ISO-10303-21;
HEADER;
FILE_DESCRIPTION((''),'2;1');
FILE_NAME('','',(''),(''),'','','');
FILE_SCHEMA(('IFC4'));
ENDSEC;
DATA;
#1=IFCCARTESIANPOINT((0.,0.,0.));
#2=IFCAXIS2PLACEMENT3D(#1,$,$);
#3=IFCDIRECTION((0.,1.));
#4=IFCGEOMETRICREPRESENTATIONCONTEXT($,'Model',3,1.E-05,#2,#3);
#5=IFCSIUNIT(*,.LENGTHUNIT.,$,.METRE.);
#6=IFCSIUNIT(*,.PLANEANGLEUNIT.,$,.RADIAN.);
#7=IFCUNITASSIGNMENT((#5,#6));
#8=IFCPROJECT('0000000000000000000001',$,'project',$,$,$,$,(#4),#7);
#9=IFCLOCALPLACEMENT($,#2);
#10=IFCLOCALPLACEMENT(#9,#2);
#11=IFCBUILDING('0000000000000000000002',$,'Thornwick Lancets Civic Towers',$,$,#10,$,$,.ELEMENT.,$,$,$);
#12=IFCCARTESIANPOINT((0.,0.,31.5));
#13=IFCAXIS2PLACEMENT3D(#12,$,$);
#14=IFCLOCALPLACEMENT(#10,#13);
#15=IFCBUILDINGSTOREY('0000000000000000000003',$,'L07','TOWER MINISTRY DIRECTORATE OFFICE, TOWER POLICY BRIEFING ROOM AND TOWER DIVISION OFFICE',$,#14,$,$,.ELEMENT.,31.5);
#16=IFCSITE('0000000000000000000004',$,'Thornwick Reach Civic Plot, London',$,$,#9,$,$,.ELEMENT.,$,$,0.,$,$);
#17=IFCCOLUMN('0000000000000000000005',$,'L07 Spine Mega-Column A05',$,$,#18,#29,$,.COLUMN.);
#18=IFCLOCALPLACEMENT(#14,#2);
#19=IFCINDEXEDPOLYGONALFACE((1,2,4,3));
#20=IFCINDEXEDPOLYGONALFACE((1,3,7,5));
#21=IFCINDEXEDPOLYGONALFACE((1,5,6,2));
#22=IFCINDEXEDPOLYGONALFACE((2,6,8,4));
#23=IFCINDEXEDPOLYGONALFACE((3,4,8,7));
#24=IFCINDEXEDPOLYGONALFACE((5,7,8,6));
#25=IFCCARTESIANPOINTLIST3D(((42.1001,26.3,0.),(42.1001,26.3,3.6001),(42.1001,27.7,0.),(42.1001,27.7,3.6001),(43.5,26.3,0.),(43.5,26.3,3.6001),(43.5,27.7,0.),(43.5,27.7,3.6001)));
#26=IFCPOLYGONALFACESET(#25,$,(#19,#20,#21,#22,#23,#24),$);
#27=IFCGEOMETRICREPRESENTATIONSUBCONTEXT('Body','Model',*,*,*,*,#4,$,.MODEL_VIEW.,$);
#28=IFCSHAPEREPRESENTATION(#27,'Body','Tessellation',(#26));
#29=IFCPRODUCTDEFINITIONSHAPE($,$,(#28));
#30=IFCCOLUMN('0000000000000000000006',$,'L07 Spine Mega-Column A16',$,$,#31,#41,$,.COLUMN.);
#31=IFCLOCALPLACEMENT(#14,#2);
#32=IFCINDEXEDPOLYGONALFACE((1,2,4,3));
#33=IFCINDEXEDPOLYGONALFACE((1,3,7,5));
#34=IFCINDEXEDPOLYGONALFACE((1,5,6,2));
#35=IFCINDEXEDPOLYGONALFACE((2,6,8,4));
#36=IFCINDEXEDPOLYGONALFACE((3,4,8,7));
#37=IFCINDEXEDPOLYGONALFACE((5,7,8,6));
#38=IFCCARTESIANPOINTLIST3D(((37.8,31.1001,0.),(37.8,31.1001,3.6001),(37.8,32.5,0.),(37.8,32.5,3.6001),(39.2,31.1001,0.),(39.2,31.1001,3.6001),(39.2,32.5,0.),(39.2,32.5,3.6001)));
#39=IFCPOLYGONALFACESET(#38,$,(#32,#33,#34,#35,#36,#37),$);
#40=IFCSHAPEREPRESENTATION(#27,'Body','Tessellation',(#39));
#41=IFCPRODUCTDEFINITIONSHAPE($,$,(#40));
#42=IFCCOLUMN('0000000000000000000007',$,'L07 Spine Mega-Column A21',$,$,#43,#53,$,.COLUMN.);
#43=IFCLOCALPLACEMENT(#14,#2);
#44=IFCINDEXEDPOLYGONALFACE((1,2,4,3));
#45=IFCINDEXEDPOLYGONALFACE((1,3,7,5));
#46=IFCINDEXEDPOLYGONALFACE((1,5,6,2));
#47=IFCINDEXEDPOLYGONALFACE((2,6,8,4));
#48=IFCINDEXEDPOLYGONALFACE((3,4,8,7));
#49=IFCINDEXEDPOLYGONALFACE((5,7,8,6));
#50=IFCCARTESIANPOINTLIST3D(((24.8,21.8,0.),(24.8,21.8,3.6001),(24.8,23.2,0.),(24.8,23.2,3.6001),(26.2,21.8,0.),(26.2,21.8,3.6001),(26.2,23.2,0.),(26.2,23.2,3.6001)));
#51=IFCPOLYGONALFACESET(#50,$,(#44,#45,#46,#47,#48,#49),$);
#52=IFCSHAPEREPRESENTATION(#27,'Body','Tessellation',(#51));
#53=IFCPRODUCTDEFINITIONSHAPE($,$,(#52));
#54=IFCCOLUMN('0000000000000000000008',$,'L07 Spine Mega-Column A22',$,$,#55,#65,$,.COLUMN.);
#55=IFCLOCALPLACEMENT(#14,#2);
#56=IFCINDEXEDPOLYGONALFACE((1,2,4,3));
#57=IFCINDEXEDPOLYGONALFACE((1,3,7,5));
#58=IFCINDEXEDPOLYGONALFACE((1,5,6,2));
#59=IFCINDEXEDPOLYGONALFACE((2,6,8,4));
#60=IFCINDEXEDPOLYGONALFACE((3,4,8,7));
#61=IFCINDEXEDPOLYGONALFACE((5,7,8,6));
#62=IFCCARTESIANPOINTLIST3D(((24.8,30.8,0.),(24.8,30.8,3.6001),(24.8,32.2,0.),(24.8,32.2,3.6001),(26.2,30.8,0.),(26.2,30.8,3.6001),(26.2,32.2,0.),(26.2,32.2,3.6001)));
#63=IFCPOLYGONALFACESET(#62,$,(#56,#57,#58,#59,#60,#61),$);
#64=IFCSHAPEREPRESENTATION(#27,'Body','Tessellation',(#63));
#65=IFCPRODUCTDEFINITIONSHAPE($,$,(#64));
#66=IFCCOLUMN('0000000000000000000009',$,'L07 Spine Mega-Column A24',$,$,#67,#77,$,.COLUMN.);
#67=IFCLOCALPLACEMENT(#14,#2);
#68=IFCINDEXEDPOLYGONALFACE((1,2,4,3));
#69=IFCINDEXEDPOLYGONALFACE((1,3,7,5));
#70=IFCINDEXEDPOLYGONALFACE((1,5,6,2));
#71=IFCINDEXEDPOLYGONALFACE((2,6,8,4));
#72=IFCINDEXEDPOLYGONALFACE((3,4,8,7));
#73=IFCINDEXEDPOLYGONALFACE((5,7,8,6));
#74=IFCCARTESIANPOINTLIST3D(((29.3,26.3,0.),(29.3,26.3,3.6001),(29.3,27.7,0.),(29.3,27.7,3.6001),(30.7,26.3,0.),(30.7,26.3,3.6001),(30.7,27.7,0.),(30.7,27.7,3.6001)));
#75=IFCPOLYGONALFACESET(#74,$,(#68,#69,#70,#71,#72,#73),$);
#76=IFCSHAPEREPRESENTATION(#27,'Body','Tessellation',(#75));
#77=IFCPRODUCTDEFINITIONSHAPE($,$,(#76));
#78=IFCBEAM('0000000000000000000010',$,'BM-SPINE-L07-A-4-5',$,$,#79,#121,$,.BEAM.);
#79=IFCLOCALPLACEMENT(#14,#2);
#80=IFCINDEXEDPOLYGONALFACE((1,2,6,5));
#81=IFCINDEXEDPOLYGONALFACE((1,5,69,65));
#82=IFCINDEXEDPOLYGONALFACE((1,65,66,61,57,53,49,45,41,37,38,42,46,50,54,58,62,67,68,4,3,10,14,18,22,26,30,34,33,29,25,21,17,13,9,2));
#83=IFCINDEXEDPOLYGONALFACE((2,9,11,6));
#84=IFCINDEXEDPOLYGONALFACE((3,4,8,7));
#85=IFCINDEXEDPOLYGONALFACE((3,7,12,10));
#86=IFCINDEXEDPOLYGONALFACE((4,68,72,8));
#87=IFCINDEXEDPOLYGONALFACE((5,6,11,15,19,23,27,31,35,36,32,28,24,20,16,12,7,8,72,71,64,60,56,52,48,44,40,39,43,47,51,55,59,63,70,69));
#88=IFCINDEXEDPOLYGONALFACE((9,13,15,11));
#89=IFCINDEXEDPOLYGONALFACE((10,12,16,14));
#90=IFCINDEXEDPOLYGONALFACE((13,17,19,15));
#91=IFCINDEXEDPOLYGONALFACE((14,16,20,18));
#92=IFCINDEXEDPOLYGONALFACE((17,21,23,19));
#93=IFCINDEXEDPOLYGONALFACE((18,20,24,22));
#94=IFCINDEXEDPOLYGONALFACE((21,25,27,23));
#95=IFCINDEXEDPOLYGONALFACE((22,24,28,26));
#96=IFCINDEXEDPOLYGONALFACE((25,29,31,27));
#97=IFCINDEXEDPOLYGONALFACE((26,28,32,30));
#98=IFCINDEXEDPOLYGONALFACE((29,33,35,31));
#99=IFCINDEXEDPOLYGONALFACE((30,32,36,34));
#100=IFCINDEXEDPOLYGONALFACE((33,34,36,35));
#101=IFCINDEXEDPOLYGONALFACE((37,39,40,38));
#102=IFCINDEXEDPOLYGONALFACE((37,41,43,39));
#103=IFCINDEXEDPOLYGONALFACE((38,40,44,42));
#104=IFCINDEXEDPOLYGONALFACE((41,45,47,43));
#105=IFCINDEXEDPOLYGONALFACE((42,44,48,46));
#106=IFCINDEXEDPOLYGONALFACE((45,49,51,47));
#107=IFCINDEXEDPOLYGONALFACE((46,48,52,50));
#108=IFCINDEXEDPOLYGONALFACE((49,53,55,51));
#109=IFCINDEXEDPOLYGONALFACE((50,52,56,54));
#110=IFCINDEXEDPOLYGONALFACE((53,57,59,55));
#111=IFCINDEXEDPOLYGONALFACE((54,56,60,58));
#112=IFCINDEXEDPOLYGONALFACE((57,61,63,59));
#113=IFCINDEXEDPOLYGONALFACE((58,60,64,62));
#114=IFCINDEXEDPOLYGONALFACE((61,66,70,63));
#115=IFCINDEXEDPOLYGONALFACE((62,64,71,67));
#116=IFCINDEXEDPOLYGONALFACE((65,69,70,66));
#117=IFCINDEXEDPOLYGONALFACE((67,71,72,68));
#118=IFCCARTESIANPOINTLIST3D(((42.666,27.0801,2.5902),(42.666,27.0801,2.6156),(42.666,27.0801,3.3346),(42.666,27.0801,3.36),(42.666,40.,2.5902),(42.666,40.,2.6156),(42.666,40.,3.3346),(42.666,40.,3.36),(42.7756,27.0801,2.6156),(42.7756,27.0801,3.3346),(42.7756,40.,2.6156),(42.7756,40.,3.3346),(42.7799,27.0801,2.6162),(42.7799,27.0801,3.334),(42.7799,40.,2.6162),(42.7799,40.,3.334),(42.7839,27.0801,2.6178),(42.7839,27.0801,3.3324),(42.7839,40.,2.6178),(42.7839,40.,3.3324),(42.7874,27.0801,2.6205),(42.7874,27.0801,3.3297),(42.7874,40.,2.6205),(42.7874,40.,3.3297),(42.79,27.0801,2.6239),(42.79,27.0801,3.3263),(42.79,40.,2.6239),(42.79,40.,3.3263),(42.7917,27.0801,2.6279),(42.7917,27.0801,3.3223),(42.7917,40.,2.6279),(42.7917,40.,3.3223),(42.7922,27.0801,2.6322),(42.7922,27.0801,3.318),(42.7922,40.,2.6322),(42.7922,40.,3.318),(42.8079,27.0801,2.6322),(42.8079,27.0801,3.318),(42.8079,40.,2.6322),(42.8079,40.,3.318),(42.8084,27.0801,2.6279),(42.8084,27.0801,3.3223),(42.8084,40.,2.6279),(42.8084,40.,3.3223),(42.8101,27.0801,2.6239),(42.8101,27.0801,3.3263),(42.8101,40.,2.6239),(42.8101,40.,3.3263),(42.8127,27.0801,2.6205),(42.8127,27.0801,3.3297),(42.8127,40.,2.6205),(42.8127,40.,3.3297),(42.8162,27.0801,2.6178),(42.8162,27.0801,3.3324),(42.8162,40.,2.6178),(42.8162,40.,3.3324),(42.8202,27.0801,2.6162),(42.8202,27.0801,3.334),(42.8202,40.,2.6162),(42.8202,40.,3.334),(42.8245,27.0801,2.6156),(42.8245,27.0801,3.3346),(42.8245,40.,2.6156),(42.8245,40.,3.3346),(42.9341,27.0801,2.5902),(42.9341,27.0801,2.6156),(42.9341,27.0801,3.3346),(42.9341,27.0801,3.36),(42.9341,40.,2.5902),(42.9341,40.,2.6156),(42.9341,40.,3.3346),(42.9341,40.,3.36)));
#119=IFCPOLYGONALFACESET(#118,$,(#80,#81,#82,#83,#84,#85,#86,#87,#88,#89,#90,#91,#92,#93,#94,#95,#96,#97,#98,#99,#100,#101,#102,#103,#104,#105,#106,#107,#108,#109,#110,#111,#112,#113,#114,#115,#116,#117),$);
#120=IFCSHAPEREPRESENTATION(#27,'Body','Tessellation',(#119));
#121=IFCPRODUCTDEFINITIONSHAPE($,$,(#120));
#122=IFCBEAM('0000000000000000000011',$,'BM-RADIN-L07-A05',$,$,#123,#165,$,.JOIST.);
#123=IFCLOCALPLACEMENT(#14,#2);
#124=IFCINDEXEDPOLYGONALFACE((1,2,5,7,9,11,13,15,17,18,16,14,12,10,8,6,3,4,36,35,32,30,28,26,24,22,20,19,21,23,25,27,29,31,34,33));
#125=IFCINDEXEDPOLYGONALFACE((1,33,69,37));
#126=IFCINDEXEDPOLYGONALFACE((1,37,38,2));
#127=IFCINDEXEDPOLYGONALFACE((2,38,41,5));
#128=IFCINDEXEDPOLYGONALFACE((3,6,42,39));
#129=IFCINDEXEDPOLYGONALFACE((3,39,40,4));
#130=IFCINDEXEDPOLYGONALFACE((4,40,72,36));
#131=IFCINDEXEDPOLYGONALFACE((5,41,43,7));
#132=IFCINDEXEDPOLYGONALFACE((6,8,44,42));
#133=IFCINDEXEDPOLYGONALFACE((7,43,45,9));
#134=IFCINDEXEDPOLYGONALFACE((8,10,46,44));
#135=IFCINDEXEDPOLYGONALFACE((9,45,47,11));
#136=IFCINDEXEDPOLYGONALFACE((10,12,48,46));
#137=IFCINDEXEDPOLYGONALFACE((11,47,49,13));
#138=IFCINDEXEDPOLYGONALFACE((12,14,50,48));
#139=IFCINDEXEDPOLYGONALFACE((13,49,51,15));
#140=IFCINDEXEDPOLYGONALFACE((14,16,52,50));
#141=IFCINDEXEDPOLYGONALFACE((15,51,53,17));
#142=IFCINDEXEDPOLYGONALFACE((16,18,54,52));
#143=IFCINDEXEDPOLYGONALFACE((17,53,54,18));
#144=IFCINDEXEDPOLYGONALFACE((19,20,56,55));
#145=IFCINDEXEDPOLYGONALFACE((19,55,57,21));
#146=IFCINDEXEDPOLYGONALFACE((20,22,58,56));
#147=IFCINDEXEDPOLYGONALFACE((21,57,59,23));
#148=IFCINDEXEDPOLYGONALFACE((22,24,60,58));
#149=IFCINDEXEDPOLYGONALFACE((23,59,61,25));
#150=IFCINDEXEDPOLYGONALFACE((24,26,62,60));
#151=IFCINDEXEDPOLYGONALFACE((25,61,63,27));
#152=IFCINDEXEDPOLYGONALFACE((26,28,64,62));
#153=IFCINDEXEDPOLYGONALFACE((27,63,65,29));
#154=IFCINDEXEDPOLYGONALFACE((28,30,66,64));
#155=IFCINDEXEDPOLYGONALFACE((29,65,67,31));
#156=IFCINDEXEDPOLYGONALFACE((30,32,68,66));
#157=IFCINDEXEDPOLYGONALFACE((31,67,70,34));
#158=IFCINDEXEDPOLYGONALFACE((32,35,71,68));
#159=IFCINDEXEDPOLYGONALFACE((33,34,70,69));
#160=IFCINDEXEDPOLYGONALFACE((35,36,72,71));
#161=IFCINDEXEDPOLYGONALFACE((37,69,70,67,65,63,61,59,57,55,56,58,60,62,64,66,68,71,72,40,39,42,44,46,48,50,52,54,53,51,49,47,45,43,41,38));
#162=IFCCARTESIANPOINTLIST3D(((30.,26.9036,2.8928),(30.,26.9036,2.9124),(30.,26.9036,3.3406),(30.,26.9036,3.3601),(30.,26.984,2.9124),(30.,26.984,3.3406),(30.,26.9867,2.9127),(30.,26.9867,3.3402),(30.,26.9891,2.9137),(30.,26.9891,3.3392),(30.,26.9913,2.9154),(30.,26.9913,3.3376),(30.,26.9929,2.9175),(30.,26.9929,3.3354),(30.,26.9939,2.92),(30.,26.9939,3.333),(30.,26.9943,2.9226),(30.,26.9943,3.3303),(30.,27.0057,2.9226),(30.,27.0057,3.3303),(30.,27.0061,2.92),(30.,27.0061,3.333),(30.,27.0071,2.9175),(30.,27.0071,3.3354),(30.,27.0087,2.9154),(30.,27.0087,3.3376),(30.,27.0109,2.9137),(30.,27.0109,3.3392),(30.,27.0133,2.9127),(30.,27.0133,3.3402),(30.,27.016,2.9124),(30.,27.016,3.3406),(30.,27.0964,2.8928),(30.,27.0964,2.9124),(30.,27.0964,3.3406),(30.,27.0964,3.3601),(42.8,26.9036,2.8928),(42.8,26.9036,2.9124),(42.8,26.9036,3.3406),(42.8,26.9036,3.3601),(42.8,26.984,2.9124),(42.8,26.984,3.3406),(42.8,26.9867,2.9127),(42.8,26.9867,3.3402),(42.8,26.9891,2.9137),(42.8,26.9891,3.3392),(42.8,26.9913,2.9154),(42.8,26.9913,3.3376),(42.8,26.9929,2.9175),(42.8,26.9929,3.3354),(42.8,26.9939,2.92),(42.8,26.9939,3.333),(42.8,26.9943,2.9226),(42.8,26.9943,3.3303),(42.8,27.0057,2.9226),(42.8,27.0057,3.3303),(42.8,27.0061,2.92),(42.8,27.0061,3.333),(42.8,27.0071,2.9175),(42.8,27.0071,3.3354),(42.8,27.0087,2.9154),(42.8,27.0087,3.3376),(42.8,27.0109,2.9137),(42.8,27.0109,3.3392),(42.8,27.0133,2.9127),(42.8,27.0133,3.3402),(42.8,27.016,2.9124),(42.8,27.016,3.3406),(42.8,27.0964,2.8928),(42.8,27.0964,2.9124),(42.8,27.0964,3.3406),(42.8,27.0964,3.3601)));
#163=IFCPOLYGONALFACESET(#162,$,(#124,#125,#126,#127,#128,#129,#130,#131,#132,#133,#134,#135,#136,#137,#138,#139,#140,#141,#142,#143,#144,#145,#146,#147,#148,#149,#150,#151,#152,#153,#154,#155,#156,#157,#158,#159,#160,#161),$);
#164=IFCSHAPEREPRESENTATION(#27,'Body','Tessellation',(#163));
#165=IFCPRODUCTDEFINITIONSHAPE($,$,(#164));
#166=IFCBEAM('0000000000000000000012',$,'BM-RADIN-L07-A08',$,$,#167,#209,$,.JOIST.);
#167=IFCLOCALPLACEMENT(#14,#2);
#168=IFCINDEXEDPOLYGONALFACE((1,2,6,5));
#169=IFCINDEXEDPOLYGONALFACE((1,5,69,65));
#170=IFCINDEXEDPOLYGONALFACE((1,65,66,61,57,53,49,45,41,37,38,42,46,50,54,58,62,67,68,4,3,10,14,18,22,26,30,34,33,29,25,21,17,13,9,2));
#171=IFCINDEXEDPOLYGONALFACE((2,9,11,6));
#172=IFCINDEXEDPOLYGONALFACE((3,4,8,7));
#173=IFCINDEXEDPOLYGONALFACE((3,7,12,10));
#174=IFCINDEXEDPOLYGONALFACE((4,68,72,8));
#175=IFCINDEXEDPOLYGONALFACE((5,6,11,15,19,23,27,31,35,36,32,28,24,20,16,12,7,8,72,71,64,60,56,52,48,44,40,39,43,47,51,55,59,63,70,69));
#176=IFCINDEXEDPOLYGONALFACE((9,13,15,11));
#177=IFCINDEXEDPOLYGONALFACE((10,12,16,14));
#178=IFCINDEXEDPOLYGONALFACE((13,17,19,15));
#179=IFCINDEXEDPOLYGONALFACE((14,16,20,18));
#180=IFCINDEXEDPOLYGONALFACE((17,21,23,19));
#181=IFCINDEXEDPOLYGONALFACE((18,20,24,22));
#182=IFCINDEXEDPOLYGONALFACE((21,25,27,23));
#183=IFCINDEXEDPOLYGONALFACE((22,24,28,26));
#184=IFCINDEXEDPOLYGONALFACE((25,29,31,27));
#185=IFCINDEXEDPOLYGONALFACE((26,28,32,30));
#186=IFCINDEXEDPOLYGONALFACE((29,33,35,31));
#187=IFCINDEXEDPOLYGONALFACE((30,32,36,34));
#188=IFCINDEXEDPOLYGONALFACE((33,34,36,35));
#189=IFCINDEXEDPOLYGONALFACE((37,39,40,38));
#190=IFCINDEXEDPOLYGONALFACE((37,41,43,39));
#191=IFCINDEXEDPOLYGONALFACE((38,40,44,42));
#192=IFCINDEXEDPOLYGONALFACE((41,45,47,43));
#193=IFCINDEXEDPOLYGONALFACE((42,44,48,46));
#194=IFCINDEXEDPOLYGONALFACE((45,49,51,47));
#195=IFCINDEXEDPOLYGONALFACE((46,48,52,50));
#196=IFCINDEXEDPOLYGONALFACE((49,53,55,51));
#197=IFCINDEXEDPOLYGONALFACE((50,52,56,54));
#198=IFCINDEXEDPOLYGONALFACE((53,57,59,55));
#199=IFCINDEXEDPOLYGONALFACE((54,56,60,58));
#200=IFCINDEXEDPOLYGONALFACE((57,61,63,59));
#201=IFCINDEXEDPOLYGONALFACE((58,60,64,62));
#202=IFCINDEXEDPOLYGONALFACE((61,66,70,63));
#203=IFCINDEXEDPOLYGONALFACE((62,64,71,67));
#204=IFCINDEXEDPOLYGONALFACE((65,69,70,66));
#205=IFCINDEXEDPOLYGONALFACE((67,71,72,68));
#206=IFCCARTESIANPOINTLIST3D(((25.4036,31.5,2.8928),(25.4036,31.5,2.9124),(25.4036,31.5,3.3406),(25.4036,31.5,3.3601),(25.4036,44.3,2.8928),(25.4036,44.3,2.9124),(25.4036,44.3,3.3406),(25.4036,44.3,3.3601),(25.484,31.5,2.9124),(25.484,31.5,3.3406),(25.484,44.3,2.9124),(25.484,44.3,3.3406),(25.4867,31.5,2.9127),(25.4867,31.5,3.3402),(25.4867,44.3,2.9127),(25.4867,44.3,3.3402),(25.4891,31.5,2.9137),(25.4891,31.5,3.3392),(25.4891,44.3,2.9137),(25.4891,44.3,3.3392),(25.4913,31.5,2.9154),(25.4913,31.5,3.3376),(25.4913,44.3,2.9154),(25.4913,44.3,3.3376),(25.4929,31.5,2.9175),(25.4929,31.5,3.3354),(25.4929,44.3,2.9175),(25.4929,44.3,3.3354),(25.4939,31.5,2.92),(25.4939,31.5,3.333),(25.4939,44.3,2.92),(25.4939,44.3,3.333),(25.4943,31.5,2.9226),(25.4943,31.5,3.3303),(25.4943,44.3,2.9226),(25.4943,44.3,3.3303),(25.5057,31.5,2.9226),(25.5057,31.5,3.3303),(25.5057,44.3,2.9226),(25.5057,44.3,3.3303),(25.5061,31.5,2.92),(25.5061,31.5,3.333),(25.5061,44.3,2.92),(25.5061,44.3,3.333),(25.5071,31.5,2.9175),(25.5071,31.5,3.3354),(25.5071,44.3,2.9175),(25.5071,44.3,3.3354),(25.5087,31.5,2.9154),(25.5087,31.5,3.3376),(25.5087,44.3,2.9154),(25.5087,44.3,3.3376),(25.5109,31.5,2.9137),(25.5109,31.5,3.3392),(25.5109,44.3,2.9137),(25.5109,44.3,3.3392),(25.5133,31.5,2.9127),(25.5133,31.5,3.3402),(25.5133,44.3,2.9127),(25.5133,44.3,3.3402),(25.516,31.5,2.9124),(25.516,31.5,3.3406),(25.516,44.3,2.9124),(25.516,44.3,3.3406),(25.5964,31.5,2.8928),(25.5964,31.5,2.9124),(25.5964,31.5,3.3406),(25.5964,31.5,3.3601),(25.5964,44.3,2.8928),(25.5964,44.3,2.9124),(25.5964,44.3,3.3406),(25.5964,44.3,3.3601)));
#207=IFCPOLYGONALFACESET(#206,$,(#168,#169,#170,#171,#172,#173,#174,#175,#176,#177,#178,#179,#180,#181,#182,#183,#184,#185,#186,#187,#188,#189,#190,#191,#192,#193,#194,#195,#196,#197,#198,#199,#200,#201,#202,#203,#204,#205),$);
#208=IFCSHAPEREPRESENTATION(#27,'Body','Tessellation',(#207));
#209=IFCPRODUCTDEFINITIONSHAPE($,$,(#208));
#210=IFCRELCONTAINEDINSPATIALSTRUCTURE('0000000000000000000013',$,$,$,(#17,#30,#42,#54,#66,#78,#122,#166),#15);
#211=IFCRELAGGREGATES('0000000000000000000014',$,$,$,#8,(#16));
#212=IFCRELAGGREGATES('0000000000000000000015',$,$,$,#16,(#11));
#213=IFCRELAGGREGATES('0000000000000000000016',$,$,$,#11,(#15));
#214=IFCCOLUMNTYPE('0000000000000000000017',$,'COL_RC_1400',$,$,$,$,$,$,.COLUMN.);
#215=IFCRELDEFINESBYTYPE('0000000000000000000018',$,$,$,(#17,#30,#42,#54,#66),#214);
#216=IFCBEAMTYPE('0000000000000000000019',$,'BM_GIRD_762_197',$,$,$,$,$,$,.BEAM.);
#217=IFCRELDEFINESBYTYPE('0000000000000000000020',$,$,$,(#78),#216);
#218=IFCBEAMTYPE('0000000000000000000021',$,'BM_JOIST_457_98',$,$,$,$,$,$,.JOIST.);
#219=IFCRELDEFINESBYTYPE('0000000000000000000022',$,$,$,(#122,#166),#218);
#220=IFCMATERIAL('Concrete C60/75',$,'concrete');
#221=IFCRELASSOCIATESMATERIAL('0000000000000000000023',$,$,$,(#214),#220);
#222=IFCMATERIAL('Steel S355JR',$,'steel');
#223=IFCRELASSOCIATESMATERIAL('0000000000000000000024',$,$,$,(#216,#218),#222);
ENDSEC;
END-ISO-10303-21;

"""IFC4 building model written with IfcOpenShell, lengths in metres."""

from ifc_helpers import new_model, si_unit, direction, frame, origin, origin_2d, place, context, subcontext, project, spatial, rectangle, i_section, extrude, material, material_profile, profile_set, type_object, element, save


model = new_model("IFC4")

# Units and contexts
model_context = context("Model", 3, precision=1e-05, world=origin(), true_north=direction((0.0, 1.0)))
body_context = subcontext(model_context, "Body", "Model", "MODEL_VIEW")
ifc_project = project(units=[si_unit("LENGTHUNIT", "METRE"), si_unit("PLANEANGLEUNIT", "RADIAN")], contexts=[model_context])

# Site, building, storey
site_placement = place(None, origin())
site = spatial("IfcSite", under=ifc_project, at=site_placement, Name="Thornwick Reach Civic Plot, London", CompositionType="ELEMENT", RefElevation=0.0)
building_placement = place(site_placement, origin())
building = spatial("IfcBuilding", under=site, at=building_placement, Name="Thornwick Lancets Civic Towers", CompositionType="ELEMENT")
storey_placement = place(building_placement, frame((0.0, 0.0, 31.5)))
storey = spatial("IfcBuildingStorey", under=building, at=storey_placement, Name="L07", Description="TOWER MINISTRY DIRECTORATE OFFICE, TOWER POLICY BRIEFING ROOM AND TOWER DIVISION OFFICE", CompositionType="ELEMENT", Elevation=31.5)

# Columns
ifc_material_1 = material(Name="Concrete C60/75", Category="concrete")
ifc_material_profile_1 = material_profile(ifc_material_1, rectangle(XDim=1.3999, YDim=1.3999, at=origin_2d()), Name="RC 1400x1400")
ifc_profile_set_1 = profile_set([ifc_material_profile_1], Name="Concrete C60/75")
column_type = type_object("IfcColumnType", Name="COL_RC_1400", PredefinedType="COLUMN", material=ifc_profile_set_1)
for number, where, z_axis, x_axis, name in (
    (1, (42.8, 27.0, 0.0), (0.0, 0.0, 1.0), (1.0, 0.0, 0.0), "L07 Spine Mega-Column A05"),
    (2, (38.5, 31.8, 0.0), (0.0, 0.0, 1.0), (1.0, 0.0, 0.0), "L07 Spine Mega-Column A16"),
    (3, (25.5, 22.5, 0.0), (0.0, 0.0, 1.0), (1.0, 0.0, 0.0), "L07 Spine Mega-Column A21"),
    (4, (25.5, 31.5, 0.0), (0.0, 0.0, 1.0), (1.0, 0.0, 0.0), "L07 Spine Mega-Column A22"),
    (5, (30.0, 27.0, 0.0), (0.0, 0.0, 1.0), (1.0, 0.0, 0.0), "L07 Spine Mega-Column A24"),
):
    element("IfcColumn", number, at=place(storey_placement, frame(where, z_axis=z_axis, x_axis=x_axis)), inside=storey, type_object=column_type, Name=name, PredefinedType="COLUMN", context=body_context, shape_type="SweptSolid", body=[
        extrude(rectangle(XDim=1.3999, YDim=1.3999, at=origin_2d()), origin(), (0.0, 0.0, 1.0), 3.6001),
    ])

# Beams
ifc_material_2 = material(Name="Steel S355JR", Category="steel")
ifc_material_profile_2 = material_profile(ifc_material_2, i_section(OverallWidth=0.2681, OverallDepth=0.7698, WebThickness=0.0156, FlangeThickness=0.0254, FilletRadius=0.0166, at=origin_2d()), Name="UKB 762x267x197")
ifc_profile_set_2 = profile_set([ifc_material_profile_2], Name="Steel S355JR")
beam_type_1 = type_object("IfcBeamType", Name="BM_GIRD_762_197", PredefinedType="BEAM", material=ifc_profile_set_2)
beam_1_placement = place(storey_placement, frame((42.8, 27.0801, 2.9751), z_axis=(0.0, 1.0, 0.0), x_axis=(-1.0, 0.0, 0.0)))
element("IfcBeam", 6, at=beam_1_placement, inside=storey, type_object=beam_type_1, Name="BM-SPINE-L07-A-4-5", PredefinedType="BEAM", context=body_context, shape_type="SweptSolid", body=[
    extrude(i_section(OverallWidth=0.2681, OverallDepth=0.7698, WebThickness=0.0156, FlangeThickness=0.0254, FilletRadius=0.0166, at=origin_2d()), origin(), (0.0, 0.0, 1.0), 12.9199),
])
ifc_material_profile_3 = material_profile(ifc_material_2, i_section(OverallWidth=0.1929, OverallDepth=0.4673, WebThickness=0.0115, FlangeThickness=0.0195, FilletRadius=0.0103, at=origin_2d()), Name="UKB 457x191x98")
ifc_profile_set_3 = profile_set([ifc_material_profile_3], Name="Steel S355JR")
beam_type_2 = type_object("IfcBeamType", Name="BM_JOIST_457_98", PredefinedType="JOIST", material=ifc_profile_set_3)
for number, where, z_axis, x_axis, name in (
    (7, (30.0, 27.0, 3.1265), (1.0, 0.0, 0.0), (0.0, 1.0, 0.0), "BM-RADIN-L07-A05"),
    (8, (25.5, 31.5, 3.1265), (0.0, 1.0, 0.0), (-1.0, 0.0, 0.0), "BM-RADIN-L07-A08"),
):
    element("IfcBeam", number, at=place(storey_placement, frame(where, z_axis=z_axis, x_axis=x_axis)), inside=storey, type_object=beam_type_2, Name=name, PredefinedType="JOIST", context=body_context, shape_type="SweptSolid", body=[
        extrude(i_section(OverallWidth=0.1929, OverallDepth=0.4673, WebThickness=0.0115, FlangeThickness=0.0195, FilletRadius=0.0103, at=origin_2d()), origin(), (0.0, 0.0, 1.0), 12.8),
    ])

save(model, "model.ifc")
